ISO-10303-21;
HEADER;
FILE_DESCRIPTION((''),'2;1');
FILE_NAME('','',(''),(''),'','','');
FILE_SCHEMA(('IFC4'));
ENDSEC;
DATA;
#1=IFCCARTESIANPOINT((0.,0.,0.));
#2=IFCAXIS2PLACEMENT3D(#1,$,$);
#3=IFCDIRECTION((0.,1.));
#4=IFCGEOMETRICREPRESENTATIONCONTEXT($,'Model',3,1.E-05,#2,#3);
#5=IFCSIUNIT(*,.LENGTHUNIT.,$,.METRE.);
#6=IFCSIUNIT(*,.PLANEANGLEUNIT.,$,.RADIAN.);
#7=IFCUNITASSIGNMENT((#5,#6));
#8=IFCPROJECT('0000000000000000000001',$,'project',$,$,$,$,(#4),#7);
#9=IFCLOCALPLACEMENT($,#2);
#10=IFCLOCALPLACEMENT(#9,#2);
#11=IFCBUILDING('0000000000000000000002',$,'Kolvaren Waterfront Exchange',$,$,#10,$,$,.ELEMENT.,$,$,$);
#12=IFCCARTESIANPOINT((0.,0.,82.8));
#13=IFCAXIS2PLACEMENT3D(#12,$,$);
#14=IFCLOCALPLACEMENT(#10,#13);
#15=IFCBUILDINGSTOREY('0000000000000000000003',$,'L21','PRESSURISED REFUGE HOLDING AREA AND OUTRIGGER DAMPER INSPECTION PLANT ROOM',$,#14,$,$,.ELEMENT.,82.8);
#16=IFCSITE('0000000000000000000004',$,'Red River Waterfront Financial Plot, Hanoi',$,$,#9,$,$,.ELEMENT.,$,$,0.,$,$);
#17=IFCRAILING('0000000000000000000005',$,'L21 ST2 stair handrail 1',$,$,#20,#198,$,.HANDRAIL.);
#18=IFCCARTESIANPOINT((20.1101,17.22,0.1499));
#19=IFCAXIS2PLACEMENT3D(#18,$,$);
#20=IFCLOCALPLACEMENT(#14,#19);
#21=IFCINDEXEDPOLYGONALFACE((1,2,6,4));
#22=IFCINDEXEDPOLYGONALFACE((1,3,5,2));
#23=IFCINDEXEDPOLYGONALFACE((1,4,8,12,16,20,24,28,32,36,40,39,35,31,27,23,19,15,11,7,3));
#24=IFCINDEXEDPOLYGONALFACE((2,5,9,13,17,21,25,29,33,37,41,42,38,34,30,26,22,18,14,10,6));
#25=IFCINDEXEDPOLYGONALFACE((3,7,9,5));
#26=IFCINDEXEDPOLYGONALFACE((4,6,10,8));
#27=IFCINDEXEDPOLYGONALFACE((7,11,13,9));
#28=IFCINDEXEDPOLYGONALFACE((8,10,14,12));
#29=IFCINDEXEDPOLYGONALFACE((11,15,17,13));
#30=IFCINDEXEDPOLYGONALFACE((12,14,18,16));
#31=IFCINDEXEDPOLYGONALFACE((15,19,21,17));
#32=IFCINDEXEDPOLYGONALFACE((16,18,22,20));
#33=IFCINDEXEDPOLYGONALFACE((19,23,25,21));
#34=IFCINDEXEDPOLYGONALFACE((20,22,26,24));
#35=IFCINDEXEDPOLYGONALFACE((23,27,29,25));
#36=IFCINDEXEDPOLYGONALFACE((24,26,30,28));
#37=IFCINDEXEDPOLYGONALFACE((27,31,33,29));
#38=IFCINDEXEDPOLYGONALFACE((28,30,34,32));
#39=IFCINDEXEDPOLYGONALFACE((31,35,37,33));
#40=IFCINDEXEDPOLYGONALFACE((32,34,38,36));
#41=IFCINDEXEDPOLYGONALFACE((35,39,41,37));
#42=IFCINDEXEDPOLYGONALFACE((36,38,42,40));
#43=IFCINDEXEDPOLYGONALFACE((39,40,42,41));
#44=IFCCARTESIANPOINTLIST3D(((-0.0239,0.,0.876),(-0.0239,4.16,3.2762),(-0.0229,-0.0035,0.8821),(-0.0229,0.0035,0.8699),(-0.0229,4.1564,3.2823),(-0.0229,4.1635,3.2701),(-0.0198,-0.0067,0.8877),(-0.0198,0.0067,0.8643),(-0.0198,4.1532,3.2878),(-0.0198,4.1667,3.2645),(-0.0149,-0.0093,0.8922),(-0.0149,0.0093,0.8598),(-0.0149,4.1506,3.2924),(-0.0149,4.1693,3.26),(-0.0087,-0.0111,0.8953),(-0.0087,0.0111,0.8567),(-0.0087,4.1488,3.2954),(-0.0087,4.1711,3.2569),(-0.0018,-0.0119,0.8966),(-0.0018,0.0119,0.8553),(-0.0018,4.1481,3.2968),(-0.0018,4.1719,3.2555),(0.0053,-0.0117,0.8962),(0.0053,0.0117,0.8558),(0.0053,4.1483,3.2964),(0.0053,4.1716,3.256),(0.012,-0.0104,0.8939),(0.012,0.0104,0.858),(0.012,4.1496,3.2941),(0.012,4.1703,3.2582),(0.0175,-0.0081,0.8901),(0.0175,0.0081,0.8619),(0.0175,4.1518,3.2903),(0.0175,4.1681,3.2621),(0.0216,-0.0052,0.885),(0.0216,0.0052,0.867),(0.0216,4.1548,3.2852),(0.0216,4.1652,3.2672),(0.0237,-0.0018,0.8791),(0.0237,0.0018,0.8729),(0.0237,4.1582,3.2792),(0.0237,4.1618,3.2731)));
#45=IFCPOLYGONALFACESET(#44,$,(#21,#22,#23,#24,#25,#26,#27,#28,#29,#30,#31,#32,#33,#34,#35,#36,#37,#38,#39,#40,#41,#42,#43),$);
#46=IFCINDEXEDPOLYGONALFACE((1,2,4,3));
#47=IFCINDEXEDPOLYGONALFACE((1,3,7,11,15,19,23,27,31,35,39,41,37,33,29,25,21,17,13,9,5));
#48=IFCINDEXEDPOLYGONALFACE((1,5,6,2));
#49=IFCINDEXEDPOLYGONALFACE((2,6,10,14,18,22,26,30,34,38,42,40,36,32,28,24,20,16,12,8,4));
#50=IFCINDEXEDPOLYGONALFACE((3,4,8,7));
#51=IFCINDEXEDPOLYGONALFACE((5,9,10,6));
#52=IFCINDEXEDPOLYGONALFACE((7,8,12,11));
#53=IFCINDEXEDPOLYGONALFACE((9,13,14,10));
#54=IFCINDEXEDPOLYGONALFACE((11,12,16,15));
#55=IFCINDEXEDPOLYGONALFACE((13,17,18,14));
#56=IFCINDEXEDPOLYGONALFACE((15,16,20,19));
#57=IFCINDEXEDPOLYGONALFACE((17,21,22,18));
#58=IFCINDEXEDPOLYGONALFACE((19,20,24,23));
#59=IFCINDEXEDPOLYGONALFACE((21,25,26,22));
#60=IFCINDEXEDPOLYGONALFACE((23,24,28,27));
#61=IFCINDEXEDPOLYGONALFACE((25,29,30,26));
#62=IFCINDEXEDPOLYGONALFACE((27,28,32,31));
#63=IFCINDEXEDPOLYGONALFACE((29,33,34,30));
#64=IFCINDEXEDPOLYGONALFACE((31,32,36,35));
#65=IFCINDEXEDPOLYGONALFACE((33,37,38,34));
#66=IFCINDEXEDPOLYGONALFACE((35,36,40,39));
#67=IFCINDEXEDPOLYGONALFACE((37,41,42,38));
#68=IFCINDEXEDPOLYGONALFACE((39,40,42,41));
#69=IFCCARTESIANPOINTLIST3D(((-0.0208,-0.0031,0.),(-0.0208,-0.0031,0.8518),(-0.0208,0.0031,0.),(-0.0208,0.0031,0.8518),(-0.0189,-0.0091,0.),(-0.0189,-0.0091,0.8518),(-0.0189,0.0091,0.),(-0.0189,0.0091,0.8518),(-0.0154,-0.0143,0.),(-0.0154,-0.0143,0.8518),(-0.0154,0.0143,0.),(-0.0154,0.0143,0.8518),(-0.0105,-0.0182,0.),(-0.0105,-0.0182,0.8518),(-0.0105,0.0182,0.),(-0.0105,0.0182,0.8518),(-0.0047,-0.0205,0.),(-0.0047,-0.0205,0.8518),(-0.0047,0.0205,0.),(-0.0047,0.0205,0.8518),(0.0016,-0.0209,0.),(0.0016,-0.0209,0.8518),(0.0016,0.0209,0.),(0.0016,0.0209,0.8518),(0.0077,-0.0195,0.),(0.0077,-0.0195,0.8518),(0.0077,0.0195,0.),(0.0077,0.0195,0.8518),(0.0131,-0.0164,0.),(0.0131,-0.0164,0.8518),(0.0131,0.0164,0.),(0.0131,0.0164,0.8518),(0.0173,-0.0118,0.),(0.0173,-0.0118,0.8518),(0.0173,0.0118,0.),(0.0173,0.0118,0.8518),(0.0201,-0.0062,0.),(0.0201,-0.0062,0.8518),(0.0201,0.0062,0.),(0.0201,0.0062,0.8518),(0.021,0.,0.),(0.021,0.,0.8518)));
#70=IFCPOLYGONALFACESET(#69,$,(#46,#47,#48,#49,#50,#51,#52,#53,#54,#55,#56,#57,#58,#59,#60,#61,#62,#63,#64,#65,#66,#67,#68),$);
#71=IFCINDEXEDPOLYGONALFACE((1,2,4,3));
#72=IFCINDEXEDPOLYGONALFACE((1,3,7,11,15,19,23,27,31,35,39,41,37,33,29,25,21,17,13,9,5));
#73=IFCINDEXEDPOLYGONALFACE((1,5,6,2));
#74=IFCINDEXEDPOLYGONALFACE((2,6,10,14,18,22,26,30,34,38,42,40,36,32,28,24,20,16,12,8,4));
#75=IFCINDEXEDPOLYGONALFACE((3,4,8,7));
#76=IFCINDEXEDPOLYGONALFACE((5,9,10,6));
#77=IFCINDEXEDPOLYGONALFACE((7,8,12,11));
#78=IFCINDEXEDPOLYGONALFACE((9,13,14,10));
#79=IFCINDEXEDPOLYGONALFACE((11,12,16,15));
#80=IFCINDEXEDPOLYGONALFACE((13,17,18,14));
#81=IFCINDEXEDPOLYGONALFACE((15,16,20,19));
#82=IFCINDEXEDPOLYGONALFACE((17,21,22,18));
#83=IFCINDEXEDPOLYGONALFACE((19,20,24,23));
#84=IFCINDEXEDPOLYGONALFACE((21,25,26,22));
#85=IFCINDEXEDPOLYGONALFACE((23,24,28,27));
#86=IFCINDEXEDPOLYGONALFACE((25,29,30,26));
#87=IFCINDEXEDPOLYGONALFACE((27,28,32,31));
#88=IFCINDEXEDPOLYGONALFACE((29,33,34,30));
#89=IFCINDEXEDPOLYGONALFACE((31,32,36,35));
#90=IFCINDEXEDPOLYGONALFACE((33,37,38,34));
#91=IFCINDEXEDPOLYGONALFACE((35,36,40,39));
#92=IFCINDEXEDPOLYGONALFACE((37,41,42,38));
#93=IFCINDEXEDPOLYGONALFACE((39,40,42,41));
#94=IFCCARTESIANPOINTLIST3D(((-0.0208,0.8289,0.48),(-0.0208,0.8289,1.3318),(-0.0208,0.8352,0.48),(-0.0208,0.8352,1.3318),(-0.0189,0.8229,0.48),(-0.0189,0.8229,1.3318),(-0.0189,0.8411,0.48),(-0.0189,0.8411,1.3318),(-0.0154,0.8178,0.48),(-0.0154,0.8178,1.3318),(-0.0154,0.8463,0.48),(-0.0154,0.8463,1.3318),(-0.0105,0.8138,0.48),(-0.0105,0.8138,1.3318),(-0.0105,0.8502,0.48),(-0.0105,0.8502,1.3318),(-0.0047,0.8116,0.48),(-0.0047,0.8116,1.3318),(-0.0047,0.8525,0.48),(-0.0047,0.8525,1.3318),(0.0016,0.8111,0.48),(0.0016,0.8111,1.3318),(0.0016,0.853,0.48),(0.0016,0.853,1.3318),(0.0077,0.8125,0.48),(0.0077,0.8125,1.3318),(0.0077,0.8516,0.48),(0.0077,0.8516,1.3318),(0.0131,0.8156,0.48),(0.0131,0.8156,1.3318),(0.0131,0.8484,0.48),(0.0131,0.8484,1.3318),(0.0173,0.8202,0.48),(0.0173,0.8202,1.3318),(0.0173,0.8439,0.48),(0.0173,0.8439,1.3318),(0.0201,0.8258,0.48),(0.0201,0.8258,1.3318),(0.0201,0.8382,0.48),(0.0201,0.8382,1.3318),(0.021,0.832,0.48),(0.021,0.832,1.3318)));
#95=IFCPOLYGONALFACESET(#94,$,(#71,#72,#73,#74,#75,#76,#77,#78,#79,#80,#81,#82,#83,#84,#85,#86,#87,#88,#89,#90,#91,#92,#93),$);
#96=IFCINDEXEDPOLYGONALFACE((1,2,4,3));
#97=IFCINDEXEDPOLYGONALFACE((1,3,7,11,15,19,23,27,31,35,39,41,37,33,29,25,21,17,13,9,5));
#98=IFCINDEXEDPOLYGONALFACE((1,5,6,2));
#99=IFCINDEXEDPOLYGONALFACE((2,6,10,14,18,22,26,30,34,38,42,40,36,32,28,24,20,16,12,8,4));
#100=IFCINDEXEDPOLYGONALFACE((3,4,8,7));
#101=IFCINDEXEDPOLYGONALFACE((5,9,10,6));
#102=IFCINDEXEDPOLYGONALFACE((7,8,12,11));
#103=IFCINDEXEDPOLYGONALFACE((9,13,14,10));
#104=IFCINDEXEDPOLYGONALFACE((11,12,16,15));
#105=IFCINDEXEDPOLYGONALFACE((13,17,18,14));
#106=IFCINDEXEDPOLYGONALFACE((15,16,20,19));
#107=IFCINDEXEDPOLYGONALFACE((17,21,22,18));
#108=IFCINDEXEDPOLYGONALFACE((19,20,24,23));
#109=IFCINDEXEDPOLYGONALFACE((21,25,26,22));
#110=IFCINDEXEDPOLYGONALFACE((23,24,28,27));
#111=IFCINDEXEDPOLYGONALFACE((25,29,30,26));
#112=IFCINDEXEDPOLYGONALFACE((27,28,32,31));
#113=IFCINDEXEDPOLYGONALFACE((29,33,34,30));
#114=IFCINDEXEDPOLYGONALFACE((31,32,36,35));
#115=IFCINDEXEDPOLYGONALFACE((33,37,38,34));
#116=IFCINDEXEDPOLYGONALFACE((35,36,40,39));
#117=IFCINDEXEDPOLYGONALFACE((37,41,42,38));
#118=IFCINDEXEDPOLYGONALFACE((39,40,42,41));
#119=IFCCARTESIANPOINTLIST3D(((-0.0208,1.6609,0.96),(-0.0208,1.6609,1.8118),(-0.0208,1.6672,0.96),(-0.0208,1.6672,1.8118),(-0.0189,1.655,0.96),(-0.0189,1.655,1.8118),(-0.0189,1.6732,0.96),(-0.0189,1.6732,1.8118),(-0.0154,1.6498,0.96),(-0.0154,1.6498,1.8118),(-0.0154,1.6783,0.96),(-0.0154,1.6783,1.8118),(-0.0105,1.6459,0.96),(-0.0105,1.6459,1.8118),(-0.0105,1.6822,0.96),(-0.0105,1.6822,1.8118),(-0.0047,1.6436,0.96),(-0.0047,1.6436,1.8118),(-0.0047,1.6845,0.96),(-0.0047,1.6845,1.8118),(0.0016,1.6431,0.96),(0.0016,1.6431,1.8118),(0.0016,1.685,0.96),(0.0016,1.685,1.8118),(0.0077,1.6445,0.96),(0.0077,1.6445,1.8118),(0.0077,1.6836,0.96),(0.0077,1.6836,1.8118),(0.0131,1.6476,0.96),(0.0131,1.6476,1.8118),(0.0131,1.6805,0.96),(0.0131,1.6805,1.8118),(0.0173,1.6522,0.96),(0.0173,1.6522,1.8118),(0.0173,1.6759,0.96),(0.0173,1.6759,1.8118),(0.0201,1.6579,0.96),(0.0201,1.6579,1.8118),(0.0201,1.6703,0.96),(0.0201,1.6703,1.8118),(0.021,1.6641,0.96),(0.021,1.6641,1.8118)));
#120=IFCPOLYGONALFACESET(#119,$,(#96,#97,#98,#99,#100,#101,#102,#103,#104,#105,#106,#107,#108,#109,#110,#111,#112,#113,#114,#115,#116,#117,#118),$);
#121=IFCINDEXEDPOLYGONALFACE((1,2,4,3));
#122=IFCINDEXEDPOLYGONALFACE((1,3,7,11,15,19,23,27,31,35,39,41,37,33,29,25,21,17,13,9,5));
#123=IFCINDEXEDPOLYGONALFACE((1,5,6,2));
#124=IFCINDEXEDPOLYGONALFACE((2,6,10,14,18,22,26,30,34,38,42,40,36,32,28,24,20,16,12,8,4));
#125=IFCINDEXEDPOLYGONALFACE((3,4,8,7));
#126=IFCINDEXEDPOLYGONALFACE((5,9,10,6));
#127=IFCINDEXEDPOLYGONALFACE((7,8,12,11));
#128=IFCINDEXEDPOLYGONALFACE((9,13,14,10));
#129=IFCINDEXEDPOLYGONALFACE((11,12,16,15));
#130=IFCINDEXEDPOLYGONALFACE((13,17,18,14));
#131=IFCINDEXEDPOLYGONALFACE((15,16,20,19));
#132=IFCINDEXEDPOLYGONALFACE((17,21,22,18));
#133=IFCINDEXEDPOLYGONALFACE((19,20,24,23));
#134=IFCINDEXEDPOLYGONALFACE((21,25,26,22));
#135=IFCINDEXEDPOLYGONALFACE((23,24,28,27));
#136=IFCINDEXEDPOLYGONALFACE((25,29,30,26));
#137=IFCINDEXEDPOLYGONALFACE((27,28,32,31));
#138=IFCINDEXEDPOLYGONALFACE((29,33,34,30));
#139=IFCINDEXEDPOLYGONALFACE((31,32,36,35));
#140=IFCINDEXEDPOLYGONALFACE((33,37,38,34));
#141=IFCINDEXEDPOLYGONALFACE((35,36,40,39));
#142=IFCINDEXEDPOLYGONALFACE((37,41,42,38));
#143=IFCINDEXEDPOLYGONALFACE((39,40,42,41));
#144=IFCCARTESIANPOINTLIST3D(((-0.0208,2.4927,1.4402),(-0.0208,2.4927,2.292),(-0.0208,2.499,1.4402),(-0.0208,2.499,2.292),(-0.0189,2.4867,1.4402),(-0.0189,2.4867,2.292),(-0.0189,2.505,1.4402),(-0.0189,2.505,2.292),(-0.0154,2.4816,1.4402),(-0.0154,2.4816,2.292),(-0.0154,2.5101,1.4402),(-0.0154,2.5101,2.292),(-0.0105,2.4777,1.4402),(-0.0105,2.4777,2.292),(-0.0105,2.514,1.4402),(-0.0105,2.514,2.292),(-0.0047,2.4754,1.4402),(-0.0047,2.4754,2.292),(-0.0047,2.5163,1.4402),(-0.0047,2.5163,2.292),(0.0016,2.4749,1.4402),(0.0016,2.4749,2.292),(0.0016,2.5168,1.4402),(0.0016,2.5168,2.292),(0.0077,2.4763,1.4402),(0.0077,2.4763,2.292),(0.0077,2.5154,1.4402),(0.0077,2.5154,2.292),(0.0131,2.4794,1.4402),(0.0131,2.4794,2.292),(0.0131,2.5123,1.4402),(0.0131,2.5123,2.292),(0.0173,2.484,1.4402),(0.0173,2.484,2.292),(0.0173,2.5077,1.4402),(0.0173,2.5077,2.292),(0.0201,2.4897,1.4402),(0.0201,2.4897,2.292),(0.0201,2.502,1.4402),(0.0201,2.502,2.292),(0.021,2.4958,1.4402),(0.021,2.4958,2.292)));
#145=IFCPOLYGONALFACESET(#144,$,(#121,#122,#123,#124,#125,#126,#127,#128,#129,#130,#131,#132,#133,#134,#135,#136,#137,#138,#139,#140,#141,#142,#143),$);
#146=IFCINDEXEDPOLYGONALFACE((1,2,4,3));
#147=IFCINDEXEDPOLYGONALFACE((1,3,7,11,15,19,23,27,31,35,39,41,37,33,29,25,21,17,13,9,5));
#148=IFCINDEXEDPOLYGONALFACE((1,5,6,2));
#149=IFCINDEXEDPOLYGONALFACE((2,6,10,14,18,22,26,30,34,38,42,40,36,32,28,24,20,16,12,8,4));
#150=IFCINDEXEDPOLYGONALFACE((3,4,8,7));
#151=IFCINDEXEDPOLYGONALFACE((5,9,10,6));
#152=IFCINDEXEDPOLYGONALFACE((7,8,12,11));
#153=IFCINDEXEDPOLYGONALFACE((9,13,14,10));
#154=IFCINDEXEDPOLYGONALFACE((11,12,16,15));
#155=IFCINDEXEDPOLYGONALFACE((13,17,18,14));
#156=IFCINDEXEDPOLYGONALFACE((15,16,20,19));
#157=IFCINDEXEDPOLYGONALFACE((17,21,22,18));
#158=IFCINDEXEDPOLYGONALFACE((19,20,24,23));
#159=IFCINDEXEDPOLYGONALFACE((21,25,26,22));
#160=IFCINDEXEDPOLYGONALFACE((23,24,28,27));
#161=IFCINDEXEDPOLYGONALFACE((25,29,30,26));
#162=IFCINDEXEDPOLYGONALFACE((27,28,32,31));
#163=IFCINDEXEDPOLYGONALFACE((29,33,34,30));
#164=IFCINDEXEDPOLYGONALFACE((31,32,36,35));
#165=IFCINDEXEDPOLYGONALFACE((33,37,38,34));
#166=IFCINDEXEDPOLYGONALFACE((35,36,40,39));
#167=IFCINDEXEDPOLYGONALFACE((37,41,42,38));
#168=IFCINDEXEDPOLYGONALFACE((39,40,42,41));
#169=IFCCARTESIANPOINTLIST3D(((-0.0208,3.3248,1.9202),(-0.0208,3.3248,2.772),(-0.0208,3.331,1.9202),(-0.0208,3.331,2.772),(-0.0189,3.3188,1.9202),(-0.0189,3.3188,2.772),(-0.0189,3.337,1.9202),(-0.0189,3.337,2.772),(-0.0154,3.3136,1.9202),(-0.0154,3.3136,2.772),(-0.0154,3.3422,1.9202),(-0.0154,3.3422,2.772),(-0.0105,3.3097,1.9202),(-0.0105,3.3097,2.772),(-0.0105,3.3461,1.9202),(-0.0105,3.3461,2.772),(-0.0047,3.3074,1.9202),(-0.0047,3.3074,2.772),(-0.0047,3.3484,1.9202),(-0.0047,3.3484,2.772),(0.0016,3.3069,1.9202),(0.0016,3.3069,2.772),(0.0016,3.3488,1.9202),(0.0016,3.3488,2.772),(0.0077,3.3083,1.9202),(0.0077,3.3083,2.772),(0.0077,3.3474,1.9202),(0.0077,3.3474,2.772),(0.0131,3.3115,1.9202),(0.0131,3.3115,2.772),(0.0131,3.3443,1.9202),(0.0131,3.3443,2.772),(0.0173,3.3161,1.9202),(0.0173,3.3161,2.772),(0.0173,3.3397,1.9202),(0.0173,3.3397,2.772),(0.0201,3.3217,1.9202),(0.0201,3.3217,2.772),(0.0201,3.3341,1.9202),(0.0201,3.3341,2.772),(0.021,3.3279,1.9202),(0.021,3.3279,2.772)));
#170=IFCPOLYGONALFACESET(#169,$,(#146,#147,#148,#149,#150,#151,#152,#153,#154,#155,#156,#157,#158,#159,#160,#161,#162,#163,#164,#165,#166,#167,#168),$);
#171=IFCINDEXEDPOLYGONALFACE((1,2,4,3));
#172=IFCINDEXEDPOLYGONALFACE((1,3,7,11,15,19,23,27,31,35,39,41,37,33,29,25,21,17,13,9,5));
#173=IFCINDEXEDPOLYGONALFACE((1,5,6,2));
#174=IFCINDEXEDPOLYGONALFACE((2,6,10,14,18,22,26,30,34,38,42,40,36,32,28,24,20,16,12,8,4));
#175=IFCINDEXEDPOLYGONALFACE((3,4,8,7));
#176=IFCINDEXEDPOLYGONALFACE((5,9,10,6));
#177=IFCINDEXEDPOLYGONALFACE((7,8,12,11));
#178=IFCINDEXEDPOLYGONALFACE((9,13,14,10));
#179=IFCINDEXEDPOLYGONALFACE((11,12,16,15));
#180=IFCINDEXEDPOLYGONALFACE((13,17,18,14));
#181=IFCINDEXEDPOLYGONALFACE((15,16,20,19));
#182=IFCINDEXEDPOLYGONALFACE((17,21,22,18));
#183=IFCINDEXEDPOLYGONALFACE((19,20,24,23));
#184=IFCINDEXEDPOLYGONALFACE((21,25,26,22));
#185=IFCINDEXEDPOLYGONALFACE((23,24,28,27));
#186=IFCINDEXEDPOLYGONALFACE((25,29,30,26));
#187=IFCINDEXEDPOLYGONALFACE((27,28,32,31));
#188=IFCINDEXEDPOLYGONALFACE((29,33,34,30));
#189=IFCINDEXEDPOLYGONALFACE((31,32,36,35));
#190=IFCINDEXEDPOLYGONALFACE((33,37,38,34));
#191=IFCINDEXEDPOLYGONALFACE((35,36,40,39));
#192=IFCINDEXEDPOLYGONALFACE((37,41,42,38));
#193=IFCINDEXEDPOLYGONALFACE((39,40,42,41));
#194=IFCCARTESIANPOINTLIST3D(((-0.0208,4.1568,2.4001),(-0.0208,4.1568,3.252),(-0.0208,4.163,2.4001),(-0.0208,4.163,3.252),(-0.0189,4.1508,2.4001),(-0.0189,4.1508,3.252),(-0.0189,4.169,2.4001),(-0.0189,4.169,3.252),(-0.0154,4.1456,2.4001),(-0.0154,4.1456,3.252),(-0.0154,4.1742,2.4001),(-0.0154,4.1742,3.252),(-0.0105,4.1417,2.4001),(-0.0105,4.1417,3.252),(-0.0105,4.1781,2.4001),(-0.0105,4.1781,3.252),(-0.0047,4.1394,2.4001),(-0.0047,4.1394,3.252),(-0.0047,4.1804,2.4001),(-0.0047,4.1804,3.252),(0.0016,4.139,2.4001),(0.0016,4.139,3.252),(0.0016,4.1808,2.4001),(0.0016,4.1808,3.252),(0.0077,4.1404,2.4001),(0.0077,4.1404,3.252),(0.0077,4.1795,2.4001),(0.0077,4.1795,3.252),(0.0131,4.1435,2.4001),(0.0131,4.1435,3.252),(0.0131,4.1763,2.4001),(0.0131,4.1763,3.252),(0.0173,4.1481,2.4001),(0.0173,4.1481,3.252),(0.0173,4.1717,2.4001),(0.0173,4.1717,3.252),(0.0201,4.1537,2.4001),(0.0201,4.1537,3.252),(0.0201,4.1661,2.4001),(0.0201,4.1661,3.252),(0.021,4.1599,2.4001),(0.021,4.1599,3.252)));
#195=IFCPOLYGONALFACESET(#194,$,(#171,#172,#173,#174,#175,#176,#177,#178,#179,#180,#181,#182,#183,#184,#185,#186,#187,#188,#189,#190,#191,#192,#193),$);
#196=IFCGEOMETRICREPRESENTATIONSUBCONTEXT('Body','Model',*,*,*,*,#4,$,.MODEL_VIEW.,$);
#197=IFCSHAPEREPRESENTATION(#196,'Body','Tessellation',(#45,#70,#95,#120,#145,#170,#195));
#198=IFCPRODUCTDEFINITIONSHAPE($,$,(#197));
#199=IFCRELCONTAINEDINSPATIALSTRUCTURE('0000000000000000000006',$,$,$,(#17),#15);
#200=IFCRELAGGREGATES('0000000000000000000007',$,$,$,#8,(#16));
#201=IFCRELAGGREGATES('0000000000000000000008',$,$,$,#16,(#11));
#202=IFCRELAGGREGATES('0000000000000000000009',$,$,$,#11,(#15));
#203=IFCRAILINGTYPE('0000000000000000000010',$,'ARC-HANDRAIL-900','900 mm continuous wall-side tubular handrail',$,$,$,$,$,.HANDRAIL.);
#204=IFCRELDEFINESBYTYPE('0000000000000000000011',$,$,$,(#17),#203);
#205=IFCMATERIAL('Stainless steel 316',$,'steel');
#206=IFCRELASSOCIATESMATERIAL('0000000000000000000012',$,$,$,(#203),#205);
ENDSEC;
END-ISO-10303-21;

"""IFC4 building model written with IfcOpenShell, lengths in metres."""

from ifc_helpers import new_model, si_unit, direction, frame, origin, origin_2d, place, context, subcontext, project, spatial, circle, extrude, material, type_object, element, save


model = new_model("IFC4")

# Units and contexts
model_context = context("Model", 3, precision=1e-05, world=origin(), true_north=direction((0.0, 1.0)))
body_context = subcontext(model_context, "Body", "Model", "MODEL_VIEW")
ifc_project = project(units=[si_unit("LENGTHUNIT", "METRE"), si_unit("PLANEANGLEUNIT", "RADIAN")], contexts=[model_context])

# Site, building, storey
site_placement = place(None, origin())
site = spatial("IfcSite", under=ifc_project, at=site_placement, Name="Red River Waterfront Financial Plot, Hanoi", CompositionType="ELEMENT", RefElevation=0.0)
building_placement = place(site_placement, origin())
building = spatial("IfcBuilding", under=site, at=building_placement, Name="Kolvaren Waterfront Exchange", CompositionType="ELEMENT")
storey_placement = place(building_placement, frame((0.0, 0.0, 82.8)))
storey = spatial("IfcBuildingStorey", under=building, at=storey_placement, Name="L21", Description="PRESSURISED REFUGE HOLDING AREA AND OUTRIGGER DAMPER INSPECTION PLANT ROOM", CompositionType="ELEMENT", Elevation=82.8)

# Railing
ifc_material_1 = material(Name="Stainless steel 316", Category="steel")
railing_type = type_object("IfcRailingType", Name="ARC-HANDRAIL-900", Description="900 mm continuous wall-side tubular handrail", PredefinedType="HANDRAIL", material=ifc_material_1)
railing_placement = place(storey_placement, frame((20.1101, 17.22, 0.1499)))
element("IfcRailing", 1, at=railing_placement, inside=storey, type_object=railing_type, Name="L21 ST2 stair handrail 1", PredefinedType="HANDRAIL", context=body_context, shape_type="SweptSolid", body=[
    extrude(circle(Radius=0.0239, at=origin_2d()), frame((0.0, 0.0, 0.876), z_axis=(0.0, 0.866168, 0.499753), x_axis=(-1.0, 0.0, 0.0)), (0.0, 0.0, 1.0), 4.8027),
    extrude(circle(Radius=0.021, at=origin_2d()), origin(), (0.0, 0.0, 1.0), 0.8518),
    extrude(circle(Radius=0.021, at=origin_2d()), frame((0.0, 0.832, 0.48)), (0.0, 0.0, 1.0), 0.8518),
    extrude(circle(Radius=0.021, at=origin_2d()), frame((0.0, 1.6641, 0.96)), (0.0, 0.0, 1.0), 0.8518),
    extrude(circle(Radius=0.021, at=origin_2d()), frame((0.0, 2.4958, 1.4402)), (0.0, 0.0, 1.0), 0.8518),
    extrude(circle(Radius=0.021, at=origin_2d()), frame((0.0, 3.3279, 1.9202)), (0.0, 0.0, 1.0), 0.8518),
    extrude(circle(Radius=0.021, at=origin_2d()), frame((0.0, 4.1599, 2.4001)), (0.0, 0.0, 1.0), 0.8518),
])

save(model, "model.ifc")
